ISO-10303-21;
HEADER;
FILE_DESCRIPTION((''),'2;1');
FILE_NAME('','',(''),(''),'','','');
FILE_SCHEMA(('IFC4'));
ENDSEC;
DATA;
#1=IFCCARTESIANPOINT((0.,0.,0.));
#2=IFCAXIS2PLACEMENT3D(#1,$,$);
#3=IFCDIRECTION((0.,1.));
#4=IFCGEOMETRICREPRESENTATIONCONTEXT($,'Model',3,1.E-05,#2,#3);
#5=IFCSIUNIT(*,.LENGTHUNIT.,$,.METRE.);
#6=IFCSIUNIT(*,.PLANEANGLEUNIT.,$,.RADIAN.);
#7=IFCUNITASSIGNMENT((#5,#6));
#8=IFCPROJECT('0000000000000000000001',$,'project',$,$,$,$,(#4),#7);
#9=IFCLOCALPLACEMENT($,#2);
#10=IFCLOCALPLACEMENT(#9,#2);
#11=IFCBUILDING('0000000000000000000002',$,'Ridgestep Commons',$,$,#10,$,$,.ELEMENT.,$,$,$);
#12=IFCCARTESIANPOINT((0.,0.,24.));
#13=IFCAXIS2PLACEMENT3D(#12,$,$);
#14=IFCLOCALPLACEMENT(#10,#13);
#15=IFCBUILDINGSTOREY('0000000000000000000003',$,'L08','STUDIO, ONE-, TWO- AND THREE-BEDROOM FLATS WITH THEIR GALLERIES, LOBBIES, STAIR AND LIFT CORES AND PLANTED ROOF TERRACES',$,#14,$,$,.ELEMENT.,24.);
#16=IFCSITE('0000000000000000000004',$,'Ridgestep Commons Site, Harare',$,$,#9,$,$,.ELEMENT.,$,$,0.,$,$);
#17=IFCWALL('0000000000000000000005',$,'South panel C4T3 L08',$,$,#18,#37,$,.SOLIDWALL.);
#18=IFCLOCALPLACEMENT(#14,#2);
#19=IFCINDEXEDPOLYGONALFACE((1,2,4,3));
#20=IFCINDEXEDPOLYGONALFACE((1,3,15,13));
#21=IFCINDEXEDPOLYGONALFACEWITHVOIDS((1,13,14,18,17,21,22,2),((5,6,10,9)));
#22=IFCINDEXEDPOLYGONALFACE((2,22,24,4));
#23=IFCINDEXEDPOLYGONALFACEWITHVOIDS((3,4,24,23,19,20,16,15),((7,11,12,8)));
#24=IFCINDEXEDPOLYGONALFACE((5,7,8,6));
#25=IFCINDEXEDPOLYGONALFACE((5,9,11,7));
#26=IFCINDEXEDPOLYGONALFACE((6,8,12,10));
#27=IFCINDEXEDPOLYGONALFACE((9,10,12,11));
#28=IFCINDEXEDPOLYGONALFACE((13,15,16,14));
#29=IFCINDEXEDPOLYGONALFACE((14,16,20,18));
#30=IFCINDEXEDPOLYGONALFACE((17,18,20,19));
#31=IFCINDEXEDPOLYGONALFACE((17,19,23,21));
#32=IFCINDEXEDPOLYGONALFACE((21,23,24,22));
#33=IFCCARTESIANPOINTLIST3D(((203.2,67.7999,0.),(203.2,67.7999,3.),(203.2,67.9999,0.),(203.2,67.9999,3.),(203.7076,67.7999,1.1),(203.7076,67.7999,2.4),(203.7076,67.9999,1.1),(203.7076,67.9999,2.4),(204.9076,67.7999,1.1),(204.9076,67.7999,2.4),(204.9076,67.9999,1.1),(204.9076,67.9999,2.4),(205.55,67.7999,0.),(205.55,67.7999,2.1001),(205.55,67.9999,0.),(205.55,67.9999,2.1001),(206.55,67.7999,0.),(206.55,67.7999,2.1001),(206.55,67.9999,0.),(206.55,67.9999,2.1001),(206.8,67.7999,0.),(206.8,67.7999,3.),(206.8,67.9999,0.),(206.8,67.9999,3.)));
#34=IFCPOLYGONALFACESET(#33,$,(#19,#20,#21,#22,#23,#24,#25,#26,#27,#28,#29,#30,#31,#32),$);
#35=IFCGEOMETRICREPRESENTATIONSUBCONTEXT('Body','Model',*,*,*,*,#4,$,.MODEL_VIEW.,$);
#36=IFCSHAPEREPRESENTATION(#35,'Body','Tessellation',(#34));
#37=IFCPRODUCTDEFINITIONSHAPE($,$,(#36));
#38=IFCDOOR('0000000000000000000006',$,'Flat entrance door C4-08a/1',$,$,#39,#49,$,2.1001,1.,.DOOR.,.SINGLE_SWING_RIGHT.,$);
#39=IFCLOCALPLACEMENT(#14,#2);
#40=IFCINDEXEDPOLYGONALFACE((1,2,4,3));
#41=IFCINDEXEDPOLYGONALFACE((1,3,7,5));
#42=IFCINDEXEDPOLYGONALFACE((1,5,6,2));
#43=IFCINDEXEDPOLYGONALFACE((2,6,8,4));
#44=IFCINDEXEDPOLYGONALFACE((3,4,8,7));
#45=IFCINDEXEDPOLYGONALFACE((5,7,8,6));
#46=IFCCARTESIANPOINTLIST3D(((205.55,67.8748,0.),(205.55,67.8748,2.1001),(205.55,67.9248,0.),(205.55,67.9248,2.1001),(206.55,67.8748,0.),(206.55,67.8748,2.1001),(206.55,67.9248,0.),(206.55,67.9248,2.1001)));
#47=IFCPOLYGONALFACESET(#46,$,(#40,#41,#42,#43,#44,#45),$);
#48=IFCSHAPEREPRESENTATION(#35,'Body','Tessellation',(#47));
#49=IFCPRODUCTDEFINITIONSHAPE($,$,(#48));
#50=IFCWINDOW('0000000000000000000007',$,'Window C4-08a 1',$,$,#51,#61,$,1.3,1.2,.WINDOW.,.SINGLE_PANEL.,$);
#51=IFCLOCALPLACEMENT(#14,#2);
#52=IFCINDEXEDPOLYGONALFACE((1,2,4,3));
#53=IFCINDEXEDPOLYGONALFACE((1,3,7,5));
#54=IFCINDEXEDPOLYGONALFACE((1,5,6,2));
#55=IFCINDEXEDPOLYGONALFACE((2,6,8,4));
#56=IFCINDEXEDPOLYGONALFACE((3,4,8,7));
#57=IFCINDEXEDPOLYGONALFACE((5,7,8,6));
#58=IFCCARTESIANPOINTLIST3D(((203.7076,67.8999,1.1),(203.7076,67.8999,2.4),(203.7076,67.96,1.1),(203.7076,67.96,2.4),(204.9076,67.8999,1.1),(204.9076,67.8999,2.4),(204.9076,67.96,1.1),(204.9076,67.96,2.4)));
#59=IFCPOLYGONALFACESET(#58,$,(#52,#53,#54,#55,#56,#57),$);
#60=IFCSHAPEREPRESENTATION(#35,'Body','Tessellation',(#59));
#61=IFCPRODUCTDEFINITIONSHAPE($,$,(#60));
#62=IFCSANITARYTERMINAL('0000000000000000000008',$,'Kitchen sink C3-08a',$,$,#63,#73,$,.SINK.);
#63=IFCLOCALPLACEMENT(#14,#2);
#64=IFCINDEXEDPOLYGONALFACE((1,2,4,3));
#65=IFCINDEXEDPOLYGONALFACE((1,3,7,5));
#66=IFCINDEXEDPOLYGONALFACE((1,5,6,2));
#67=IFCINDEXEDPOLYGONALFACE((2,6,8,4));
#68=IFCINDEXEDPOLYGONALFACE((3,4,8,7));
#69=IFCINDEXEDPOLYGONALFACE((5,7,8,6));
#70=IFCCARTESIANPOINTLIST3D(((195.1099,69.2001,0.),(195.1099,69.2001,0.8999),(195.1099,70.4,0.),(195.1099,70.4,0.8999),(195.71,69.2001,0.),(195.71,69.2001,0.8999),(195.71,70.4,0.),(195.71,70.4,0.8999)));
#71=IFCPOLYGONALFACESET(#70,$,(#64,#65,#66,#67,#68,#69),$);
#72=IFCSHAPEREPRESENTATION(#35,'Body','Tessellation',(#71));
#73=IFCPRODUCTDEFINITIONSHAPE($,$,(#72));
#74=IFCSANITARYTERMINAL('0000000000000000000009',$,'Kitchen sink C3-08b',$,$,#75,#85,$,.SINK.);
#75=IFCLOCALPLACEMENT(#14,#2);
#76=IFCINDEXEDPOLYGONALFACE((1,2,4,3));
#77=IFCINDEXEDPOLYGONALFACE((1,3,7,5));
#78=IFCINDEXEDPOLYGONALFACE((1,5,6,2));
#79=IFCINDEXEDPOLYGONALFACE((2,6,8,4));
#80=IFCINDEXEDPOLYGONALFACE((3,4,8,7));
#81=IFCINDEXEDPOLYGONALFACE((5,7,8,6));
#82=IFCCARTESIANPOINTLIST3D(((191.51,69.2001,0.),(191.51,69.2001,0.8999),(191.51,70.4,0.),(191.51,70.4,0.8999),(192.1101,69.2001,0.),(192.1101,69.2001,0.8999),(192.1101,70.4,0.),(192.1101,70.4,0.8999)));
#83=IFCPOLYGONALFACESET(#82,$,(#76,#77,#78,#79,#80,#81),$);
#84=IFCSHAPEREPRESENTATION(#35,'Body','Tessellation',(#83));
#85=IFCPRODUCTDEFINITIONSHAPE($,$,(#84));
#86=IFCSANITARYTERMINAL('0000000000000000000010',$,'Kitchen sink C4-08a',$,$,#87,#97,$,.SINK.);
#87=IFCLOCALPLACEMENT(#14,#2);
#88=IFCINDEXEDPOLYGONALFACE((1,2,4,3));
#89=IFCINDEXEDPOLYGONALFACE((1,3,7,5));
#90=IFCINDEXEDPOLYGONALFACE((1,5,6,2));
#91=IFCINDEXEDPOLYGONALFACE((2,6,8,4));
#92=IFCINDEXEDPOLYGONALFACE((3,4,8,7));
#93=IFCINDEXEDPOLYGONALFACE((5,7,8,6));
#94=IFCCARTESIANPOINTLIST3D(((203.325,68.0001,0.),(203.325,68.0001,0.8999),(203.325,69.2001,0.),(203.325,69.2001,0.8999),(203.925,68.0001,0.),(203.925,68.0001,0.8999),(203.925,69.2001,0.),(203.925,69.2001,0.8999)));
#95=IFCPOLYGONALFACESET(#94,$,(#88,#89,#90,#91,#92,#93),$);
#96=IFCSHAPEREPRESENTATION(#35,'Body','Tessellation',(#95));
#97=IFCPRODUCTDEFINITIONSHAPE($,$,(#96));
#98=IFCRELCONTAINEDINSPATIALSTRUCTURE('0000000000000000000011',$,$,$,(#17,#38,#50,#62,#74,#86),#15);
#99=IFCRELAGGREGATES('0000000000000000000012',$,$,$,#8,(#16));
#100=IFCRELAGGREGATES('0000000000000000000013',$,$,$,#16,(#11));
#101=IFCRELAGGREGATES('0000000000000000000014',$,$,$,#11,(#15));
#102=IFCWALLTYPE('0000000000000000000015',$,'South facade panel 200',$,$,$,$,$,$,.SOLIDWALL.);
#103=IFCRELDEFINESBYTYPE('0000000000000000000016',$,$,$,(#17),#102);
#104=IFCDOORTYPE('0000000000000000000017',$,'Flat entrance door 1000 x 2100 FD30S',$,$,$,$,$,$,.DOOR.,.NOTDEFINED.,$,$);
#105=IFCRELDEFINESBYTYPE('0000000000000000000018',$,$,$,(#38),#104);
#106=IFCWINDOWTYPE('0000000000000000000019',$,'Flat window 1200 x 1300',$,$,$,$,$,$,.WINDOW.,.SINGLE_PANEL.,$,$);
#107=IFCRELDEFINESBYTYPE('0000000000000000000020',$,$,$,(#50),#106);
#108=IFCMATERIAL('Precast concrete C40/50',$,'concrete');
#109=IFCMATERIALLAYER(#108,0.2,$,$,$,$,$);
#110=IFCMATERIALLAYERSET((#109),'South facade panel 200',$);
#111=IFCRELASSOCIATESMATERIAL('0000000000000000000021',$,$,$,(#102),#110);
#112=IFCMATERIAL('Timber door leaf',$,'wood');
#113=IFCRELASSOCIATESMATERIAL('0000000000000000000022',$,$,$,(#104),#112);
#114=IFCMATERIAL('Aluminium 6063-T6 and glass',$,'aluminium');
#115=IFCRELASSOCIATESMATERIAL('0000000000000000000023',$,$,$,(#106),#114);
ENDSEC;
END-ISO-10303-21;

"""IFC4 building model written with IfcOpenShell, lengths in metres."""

from ifc_helpers import new_model, si_unit, direction, frame, frame_2d, origin, origin_2d, place, context, subcontext, project, spatial, rectangle, extrude, material, layer, layer_set, type_object, element, fill, save


model = new_model("IFC4")

# Units and contexts
model_context = context("Model", 3, precision=1e-05, world=origin(), true_north=direction((0.0, 1.0)))
body_context = subcontext(model_context, "Body", "Model", "MODEL_VIEW")
ifc_project = project(units=[si_unit("LENGTHUNIT", "METRE"), si_unit("PLANEANGLEUNIT", "RADIAN")], contexts=[model_context])

# Site, building, storey
site_placement = place(None, origin())
site = spatial("IfcSite", under=ifc_project, at=site_placement, Name="Ridgestep Commons Site, Harare", CompositionType="ELEMENT", RefElevation=0.0)
building_placement = place(site_placement, origin())
building = spatial("IfcBuilding", under=site, at=building_placement, Name="Ridgestep Commons", CompositionType="ELEMENT")
storey_placement = place(building_placement, frame((0.0, 0.0, 24.0)))
storey = spatial("IfcBuildingStorey", under=building, at=storey_placement, Name="L08", Description="STUDIO, ONE-, TWO- AND THREE-BEDROOM FLATS WITH THEIR GALLERIES, LOBBIES, STAIR AND LIFT CORES AND PLANTED ROOF TERRACES", CompositionType="ELEMENT", Elevation=24.0)

# Wall, openings, door, window
ifc_material_1 = material(Name="Precast concrete C40/50", Category="concrete")
ifc_layer_1 = layer(ifc_material_1, 0.2)
ifc_layer_set_1 = layer_set([ifc_layer_1], Name="South facade panel 200")
wall_type_1 = type_object("IfcWallType", Name="South facade panel 200", PredefinedType="SOLIDWALL", material=ifc_layer_set_1)
wall_1_placement = place(storey_placement, frame((203.2, 67.8999, 0.0), z_axis=(0.0, 0.0, 1.0), x_axis=(1.0, 0.0, 0.0)))
wall_1 = element("IfcWall", 1, at=wall_1_placement, inside=storey, type_object=wall_type_1, Name="South panel C4T3 L08", PredefinedType="SOLIDWALL", context=body_context, shape_type="SweptSolid", body=[
    extrude(rectangle(XDim=3.6001, YDim=0.2, at=frame_2d((1.8, 0.0))), origin(), (0.0, 0.0, 1.0), 3.0),
])
opening_1_placement = place(wall_1_placement, frame((0.5076, 0.0, 1.1001)))
opening_1 = element("IfcOpeningElement", 2, at=opening_1_placement, cuts=wall_1, PredefinedType="OPENING", context=body_context, shape_type="SweptSolid", body=[
    extrude(rectangle(XDim=1.2, YDim=1.3, at=frame_2d((0.6001, 0.6499))), frame((0.0, 0.1099, 0.0), z_axis=(0.0, -1.0, 0.0), x_axis=(1.0, 0.0, 0.0)), (0.0, 0.0, 1.0), 0.22),
])
opening_2_placement = place(wall_1_placement, frame((2.3501, 0.0, 0.0)))
opening_2 = element("IfcOpeningElement", 3, at=opening_2_placement, cuts=wall_1, PredefinedType="OPENING", context=body_context, shape_type="SweptSolid", body=[
    extrude(rectangle(XDim=1.0, YDim=2.1001, at=frame_2d((0.5, 1.05))), frame((0.0, 0.1099, 0.0), z_axis=(0.0, -1.0, 0.0), x_axis=(1.0, 0.0, 0.0)), (0.0, 0.0, 1.0), 0.22),
])
ifc_material_2 = material(Name="Timber door leaf", Category="wood")
door_type_1 = type_object("IfcDoorType", Name="Flat entrance door 1000 x 2100 FD30S", OperationType="NOTDEFINED", PredefinedType="DOOR", material=ifc_material_2)
door_1_placement = place(opening_2_placement, origin())
door_1 = element("IfcDoor", 4, at=door_1_placement, inside=storey, type_object=door_type_1, Name="Flat entrance door C4-08a/1", OperationType="SINGLE_SWING_RIGHT", OverallHeight=2.1001, OverallWidth=1.0, PredefinedType="DOOR", context=body_context, shape_type="SweptSolid", body=[
    extrude(rectangle(XDim=1.0, YDim=2.1001, at=frame_2d((0.5, 1.05))), frame((0.0, 0.0249, 0.0), z_axis=(0.0, -1.0, 0.0), x_axis=(1.0, 0.0, 0.0)), (0.0, 0.0, 1.0), 0.05),
])
fill(opening_2, door_1)
ifc_material_3 = material(Name="Aluminium 6063-T6 and glass", Category="aluminium")
window_type = type_object("IfcWindowType", Name="Flat window 1200 x 1300", PartitioningType="SINGLE_PANEL", PredefinedType="WINDOW", material=ifc_material_3)
window_placement = place(opening_1_placement, origin())
window = element("IfcWindow", 5, at=window_placement, inside=storey, type_object=window_type, Name="Window C4-08a 1", OverallHeight=1.3, OverallWidth=1.2, PartitioningType="SINGLE_PANEL", PredefinedType="WINDOW", context=body_context, shape_type="SweptSolid", body=[
    extrude(rectangle(XDim=1.2, YDim=1.3, at=frame_2d((0.6001, 0.6499))), frame((0.0, 0.0601, 0.0), z_axis=(0.0, -1.0, 0.0), x_axis=(1.0, 0.0, 0.0)), (0.0, 0.0, 1.0), 0.0601),
])
fill(opening_1, window)

# Sanitary terminals
for number, where, z_axis, x_axis, name in (
    (6, (195.4099, 69.8, 0.0), (0.0, 0.0, 1.0), (1.0, 0.0, 0.0), "Kitchen sink C3-08a"),
    (7, (191.8101, 69.8, 0.0), (0.0, 0.0, 1.0), (1.0, 0.0, 0.0), "Kitchen sink C3-08b"),
    (8, (203.625, 68.6001, 0.0), (0.0, 0.0, 1.0), (1.0, 0.0, 0.0), "Kitchen sink C4-08a"),
):
    element("IfcSanitaryTerminal", number, at=place(storey_placement, frame(where, z_axis=z_axis, x_axis=x_axis)), inside=storey, Name=name, PredefinedType="SINK", context=body_context, shape_type="SweptSolid", body=[
        extrude(rectangle(XDim=0.6001, YDim=1.2, at=origin_2d()), origin(), (0.0, 0.0, 1.0), 0.8999),
    ])

save(model, "model.ifc")
